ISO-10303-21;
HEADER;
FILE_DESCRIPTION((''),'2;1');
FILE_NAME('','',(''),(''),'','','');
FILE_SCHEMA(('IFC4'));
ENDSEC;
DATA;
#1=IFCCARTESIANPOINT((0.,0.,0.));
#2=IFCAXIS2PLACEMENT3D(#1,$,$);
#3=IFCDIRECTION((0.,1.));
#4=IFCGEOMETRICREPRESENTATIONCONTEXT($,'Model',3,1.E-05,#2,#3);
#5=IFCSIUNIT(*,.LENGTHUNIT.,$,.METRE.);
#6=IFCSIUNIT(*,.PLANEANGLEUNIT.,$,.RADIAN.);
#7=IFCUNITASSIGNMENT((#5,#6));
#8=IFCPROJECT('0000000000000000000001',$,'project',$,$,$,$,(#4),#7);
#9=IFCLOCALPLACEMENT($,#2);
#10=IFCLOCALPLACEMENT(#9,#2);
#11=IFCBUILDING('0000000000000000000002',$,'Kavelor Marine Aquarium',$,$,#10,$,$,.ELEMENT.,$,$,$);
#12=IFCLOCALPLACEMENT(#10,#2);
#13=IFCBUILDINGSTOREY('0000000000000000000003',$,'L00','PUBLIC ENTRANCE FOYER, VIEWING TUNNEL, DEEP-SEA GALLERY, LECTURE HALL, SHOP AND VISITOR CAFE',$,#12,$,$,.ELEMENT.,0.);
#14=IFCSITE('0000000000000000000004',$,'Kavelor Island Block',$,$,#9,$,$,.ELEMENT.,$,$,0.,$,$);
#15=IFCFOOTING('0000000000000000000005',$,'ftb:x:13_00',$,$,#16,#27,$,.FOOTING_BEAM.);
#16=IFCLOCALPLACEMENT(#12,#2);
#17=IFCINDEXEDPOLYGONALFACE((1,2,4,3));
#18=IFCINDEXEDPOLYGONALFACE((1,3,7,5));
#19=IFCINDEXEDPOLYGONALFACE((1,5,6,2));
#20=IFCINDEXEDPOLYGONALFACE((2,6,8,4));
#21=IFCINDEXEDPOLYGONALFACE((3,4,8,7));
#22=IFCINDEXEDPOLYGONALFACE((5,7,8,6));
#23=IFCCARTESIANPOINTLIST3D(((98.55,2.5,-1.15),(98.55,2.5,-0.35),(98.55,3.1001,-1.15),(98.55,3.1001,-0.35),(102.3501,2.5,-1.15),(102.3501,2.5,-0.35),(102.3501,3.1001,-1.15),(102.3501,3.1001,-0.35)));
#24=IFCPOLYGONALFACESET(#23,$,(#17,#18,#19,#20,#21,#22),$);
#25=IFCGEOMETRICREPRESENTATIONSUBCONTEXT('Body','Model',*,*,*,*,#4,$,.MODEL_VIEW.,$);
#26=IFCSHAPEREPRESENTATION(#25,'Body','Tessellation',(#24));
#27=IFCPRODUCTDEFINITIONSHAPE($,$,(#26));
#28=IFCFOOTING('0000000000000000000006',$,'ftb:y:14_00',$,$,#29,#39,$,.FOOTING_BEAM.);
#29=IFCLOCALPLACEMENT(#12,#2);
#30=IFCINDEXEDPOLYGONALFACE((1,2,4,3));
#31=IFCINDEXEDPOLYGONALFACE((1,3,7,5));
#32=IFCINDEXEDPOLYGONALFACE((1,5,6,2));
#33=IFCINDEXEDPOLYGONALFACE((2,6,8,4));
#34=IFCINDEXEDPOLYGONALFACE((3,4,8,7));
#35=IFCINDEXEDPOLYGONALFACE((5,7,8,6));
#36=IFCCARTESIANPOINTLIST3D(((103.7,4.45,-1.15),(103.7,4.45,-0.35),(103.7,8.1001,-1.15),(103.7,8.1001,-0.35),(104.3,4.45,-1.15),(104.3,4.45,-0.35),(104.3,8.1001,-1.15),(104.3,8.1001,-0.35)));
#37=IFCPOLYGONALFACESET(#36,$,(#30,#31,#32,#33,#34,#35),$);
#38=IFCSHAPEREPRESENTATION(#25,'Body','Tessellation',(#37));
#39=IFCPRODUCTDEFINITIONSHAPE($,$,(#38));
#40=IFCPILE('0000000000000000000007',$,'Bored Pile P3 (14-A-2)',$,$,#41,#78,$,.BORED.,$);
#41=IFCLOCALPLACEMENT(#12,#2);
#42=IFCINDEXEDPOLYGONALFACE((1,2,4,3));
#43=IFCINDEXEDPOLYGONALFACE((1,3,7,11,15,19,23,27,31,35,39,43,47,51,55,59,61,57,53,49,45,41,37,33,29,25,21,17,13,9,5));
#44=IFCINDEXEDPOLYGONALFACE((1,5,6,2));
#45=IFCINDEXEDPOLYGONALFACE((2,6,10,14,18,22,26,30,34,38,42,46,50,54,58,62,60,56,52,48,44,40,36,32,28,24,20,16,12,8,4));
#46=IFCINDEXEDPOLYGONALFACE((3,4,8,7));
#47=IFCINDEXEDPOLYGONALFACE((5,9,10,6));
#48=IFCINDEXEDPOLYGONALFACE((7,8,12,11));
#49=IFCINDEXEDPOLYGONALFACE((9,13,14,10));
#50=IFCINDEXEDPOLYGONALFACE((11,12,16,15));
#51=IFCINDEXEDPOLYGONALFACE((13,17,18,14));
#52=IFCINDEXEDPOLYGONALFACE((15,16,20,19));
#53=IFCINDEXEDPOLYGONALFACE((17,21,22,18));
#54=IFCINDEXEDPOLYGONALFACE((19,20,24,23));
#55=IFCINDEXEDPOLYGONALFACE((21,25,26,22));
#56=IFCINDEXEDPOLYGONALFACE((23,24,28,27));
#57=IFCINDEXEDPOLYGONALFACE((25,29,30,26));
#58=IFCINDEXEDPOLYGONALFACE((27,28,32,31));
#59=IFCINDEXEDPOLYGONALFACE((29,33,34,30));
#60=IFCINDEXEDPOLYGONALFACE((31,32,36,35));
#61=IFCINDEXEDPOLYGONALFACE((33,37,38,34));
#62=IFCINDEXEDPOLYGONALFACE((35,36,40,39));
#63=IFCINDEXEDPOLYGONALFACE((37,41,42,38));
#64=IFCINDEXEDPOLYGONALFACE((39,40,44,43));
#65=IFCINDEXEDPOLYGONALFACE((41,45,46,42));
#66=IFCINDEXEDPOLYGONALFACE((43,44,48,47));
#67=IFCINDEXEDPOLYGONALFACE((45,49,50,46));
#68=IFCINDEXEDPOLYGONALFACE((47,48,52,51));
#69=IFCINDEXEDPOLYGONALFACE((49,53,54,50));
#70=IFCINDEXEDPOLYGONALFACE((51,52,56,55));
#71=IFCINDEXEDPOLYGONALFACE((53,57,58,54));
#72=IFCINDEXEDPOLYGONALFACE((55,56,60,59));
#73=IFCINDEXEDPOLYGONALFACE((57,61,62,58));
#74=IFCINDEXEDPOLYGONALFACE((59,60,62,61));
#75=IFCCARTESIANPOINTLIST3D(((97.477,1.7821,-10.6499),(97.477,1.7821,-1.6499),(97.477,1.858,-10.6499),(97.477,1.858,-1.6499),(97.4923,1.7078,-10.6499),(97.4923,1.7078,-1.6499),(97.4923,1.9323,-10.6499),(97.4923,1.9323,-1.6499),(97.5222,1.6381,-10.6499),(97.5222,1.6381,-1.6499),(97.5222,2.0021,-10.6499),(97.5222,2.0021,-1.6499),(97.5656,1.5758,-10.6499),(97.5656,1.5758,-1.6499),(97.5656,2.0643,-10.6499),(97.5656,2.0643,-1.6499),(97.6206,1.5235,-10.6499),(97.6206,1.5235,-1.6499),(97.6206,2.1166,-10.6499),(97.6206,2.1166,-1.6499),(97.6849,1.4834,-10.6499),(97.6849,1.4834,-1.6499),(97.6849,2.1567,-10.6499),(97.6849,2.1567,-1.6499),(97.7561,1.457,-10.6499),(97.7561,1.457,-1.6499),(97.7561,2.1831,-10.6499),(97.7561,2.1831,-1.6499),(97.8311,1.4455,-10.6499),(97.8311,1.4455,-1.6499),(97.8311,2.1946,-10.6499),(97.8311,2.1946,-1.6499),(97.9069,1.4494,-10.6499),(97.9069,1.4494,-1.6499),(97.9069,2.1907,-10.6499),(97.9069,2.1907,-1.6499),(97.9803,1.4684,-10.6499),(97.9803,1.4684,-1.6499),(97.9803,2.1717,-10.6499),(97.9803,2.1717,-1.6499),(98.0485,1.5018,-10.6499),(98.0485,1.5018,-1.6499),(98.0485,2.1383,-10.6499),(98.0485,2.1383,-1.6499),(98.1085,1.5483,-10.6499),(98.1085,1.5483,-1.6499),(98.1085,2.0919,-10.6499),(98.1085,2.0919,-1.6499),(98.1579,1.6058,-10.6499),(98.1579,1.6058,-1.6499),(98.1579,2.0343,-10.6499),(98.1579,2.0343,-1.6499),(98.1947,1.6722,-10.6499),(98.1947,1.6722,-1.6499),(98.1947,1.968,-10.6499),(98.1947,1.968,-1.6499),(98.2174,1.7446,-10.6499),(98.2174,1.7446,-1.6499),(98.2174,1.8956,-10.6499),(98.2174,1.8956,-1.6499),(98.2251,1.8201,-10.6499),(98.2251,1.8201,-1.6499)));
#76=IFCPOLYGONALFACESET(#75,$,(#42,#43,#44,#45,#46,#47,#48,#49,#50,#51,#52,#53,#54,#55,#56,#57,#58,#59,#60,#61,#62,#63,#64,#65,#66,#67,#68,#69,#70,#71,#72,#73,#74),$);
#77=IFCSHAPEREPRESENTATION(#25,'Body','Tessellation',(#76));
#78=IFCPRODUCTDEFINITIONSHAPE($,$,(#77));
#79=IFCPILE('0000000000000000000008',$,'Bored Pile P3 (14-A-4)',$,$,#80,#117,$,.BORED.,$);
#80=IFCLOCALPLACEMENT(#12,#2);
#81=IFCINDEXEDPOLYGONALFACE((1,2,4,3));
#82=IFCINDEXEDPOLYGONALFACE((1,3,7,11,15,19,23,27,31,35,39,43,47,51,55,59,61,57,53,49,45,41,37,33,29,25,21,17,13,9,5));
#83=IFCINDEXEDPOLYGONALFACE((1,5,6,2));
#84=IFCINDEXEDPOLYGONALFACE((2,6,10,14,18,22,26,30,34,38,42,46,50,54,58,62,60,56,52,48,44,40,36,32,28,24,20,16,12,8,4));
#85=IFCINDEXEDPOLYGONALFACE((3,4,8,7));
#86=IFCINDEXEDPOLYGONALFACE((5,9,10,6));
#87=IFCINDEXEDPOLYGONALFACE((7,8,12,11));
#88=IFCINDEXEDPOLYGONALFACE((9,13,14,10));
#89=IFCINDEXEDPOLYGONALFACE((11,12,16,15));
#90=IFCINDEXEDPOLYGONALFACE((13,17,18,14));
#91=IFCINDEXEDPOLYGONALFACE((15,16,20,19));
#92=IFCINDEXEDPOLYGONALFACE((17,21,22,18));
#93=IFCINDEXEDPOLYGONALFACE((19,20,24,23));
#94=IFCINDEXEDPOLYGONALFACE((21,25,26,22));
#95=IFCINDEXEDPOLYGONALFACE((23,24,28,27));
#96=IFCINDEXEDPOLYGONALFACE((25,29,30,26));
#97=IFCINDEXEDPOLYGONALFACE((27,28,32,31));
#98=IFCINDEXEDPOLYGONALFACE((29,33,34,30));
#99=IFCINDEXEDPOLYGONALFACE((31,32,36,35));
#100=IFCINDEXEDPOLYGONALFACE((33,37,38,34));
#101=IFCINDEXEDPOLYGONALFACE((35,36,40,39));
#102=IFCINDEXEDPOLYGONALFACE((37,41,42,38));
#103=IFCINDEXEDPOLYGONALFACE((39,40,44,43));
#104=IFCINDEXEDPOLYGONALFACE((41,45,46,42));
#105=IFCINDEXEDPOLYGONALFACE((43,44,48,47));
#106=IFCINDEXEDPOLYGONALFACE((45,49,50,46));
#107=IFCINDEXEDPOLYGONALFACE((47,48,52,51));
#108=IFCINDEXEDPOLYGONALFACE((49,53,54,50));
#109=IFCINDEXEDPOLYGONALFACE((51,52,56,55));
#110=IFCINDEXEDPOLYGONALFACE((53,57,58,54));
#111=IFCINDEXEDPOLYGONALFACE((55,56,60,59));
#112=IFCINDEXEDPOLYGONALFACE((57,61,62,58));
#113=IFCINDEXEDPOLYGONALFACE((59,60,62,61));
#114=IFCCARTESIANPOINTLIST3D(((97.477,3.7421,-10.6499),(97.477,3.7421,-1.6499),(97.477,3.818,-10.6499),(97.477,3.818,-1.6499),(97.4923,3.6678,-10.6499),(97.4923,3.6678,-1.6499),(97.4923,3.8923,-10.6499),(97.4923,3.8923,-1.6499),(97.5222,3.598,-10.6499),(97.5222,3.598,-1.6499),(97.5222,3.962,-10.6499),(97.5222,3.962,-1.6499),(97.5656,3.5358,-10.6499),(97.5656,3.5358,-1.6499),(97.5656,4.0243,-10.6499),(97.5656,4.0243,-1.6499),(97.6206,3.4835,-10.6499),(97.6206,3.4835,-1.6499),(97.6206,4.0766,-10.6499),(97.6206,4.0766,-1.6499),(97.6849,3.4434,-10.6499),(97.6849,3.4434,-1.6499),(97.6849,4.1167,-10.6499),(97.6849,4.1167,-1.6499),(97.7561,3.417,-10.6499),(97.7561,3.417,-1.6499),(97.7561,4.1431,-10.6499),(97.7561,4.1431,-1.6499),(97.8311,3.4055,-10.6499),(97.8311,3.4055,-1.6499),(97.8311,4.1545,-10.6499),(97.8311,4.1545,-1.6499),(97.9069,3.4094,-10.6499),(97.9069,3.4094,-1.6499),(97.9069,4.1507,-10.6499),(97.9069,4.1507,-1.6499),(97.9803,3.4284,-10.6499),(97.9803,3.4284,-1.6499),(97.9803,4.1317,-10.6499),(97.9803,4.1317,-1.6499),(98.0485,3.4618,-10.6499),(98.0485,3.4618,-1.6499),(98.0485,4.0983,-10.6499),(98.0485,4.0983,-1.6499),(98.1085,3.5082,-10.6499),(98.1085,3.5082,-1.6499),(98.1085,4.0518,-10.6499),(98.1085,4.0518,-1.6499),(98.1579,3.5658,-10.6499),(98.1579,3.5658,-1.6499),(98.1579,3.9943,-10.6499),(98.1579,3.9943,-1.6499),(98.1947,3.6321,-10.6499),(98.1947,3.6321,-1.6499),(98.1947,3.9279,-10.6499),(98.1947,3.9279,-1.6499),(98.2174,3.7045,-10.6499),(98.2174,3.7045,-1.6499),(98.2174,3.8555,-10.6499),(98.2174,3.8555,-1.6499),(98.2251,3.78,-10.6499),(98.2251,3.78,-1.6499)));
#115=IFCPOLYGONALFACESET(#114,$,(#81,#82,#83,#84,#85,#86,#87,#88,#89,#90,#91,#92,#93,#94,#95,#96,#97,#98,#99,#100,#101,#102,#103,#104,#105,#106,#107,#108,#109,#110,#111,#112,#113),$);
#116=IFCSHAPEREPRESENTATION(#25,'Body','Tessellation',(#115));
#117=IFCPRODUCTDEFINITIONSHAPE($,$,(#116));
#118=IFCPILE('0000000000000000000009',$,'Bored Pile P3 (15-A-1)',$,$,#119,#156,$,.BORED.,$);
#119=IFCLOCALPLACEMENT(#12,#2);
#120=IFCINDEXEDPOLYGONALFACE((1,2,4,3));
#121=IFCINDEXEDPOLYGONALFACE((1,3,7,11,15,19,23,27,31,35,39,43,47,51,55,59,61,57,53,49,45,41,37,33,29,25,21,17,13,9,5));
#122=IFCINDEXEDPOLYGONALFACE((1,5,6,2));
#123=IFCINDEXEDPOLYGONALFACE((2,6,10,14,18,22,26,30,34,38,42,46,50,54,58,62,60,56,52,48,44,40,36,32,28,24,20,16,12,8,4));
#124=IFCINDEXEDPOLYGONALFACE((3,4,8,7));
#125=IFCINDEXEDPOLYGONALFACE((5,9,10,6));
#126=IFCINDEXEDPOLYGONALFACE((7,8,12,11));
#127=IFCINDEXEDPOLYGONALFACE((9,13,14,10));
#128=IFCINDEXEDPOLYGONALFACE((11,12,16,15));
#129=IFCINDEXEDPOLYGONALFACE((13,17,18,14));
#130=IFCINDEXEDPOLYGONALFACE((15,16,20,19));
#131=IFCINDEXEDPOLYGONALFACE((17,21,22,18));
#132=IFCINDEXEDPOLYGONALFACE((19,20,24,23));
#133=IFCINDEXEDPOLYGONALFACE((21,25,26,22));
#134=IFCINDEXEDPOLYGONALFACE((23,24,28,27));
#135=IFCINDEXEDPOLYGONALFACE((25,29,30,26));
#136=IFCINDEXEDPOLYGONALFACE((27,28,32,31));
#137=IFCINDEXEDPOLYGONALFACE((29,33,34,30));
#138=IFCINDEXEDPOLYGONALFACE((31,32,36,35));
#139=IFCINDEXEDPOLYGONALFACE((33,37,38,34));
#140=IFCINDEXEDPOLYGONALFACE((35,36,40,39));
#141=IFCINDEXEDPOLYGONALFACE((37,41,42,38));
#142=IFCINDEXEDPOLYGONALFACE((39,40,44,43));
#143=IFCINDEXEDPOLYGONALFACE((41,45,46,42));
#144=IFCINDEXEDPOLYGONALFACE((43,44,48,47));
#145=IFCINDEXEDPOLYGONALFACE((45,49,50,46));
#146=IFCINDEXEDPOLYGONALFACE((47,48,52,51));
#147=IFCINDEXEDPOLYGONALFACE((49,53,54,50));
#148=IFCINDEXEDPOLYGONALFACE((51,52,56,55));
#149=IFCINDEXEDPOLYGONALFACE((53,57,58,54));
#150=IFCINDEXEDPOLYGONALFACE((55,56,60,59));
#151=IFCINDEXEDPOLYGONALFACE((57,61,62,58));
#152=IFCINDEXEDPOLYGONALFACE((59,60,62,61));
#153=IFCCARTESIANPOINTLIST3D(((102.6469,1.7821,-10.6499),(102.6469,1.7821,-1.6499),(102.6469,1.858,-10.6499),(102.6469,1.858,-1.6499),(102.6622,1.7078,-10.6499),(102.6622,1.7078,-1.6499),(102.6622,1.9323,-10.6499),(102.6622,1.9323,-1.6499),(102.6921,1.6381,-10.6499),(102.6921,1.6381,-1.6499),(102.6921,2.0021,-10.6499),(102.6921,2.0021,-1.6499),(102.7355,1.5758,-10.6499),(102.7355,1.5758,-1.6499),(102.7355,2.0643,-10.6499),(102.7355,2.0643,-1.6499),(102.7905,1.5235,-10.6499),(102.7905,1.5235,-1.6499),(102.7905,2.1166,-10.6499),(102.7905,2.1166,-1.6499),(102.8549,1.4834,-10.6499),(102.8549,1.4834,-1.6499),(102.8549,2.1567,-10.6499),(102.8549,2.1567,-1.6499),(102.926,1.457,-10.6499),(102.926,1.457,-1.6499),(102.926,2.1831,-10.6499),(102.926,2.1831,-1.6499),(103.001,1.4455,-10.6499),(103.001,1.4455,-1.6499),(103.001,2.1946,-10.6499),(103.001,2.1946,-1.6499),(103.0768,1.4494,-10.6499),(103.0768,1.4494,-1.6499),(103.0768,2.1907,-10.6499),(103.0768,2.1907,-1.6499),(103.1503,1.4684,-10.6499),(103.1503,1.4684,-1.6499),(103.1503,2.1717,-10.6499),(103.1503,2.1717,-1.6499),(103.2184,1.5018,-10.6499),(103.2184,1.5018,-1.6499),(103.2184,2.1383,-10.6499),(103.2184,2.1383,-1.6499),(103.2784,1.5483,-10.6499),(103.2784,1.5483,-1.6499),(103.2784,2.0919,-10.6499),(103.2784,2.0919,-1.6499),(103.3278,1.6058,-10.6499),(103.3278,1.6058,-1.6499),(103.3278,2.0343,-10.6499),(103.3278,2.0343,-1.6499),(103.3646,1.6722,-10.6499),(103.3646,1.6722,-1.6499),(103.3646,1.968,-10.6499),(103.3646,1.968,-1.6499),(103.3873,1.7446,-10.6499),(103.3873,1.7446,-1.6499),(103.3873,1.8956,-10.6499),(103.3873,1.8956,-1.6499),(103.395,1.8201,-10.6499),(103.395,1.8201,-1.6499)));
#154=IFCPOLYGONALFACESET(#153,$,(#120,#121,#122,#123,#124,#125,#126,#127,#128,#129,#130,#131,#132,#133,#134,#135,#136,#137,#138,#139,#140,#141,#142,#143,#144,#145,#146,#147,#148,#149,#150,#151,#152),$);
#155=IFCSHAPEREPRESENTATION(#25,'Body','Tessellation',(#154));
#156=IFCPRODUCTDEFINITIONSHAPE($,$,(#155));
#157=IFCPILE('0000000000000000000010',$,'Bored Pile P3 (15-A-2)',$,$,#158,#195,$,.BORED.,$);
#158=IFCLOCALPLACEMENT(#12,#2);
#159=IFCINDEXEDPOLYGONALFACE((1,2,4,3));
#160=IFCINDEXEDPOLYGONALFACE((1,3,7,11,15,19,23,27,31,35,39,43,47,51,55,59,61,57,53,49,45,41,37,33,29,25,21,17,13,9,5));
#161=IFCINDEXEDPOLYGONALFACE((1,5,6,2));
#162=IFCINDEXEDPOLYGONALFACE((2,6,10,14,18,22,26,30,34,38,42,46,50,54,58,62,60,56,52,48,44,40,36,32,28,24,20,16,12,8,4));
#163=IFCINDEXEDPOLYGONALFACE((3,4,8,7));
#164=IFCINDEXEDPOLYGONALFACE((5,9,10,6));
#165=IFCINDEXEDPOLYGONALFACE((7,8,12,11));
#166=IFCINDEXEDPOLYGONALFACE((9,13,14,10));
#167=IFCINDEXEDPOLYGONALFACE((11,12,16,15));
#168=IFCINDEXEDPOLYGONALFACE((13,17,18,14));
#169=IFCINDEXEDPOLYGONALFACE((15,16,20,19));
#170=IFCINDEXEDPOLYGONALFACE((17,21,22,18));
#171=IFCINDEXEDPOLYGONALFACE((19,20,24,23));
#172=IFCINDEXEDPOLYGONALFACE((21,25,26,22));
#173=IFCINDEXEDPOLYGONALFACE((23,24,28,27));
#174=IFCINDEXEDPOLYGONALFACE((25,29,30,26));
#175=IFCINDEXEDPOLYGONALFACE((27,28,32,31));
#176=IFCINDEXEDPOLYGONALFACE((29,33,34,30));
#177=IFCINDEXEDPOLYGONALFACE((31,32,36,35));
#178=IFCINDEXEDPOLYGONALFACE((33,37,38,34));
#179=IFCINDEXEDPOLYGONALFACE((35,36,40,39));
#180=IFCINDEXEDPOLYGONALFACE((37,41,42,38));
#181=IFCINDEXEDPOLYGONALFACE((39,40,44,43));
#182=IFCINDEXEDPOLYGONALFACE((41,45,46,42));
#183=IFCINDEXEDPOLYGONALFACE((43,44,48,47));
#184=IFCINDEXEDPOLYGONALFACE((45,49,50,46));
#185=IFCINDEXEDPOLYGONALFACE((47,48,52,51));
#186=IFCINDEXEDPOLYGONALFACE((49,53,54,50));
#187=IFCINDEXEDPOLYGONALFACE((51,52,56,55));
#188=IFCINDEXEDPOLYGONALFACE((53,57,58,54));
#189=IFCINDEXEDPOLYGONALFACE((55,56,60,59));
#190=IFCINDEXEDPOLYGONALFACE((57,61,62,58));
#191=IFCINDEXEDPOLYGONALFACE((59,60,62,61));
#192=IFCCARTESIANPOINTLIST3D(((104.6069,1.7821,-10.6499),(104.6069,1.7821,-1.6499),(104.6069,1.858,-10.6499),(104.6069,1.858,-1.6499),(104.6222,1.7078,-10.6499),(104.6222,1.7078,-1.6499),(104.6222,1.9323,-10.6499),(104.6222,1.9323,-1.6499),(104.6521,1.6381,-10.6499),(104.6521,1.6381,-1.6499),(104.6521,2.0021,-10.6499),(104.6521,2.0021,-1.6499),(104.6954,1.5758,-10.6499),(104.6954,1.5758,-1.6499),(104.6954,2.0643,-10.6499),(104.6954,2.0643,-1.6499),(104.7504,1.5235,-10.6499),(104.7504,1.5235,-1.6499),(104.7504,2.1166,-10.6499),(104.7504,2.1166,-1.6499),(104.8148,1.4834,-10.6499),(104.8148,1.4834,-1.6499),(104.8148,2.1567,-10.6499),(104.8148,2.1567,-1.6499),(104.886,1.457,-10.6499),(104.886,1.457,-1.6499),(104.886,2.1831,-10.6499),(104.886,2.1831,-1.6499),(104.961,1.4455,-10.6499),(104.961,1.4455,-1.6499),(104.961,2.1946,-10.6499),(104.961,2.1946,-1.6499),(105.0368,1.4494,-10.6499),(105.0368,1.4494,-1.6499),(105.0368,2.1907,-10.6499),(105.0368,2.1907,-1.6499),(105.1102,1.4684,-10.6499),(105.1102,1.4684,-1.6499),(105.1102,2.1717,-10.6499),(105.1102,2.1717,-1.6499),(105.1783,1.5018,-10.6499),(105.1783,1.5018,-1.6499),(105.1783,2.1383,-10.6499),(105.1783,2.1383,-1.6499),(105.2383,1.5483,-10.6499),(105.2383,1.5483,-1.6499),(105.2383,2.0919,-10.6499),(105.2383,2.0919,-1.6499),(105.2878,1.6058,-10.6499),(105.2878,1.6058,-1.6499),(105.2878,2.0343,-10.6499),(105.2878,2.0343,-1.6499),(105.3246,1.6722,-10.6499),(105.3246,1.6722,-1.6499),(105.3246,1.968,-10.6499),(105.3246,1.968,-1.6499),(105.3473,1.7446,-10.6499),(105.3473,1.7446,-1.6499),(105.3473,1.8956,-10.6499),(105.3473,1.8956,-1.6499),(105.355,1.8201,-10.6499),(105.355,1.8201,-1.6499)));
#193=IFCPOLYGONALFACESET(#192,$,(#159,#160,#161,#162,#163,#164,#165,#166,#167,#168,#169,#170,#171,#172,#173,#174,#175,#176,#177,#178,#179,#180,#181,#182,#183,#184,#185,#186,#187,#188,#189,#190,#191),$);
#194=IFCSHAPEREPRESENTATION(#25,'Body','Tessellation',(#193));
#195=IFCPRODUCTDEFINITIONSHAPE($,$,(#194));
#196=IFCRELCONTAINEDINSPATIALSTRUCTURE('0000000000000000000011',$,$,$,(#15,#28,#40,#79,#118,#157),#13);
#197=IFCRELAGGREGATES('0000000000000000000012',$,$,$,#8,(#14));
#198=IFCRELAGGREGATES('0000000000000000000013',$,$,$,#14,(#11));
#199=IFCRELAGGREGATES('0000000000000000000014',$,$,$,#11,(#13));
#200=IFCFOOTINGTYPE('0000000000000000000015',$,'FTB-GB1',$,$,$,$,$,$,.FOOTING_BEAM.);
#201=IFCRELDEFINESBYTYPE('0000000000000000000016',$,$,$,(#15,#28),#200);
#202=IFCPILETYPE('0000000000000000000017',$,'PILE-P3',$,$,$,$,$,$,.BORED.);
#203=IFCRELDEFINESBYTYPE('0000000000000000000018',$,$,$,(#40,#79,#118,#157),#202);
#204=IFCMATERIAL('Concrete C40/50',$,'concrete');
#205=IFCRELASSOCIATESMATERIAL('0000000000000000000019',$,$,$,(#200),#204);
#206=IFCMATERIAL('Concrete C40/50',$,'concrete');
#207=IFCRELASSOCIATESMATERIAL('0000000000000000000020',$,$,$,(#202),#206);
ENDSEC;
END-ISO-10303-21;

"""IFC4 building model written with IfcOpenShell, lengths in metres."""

from ifc_helpers import new_model, si_unit, direction, frame, origin, origin_2d, place, context, subcontext, project, spatial, rectangle, circle, extrude, material, material_profile, profile_set, type_object, element, save


model = new_model("IFC4")

# Units and contexts
model_context = context("Model", 3, precision=1e-05, world=origin(), true_north=direction((0.0, 1.0)))
body_context = subcontext(model_context, "Body", "Model", "MODEL_VIEW")
ifc_project = project(units=[si_unit("LENGTHUNIT", "METRE"), si_unit("PLANEANGLEUNIT", "RADIAN")], contexts=[model_context])

# Site, building, storey
site_placement = place(None, origin())
site = spatial("IfcSite", under=ifc_project, at=site_placement, Name="Kavelor Island Block", CompositionType="ELEMENT", RefElevation=0.0)
building_placement = place(site_placement, origin())
building = spatial("IfcBuilding", under=site, at=building_placement, Name="Kavelor Marine Aquarium", CompositionType="ELEMENT")
storey_placement = place(building_placement, origin())
storey = spatial("IfcBuildingStorey", under=building, at=storey_placement, Name="L00", Description="PUBLIC ENTRANCE FOYER, VIEWING TUNNEL, DEEP-SEA GALLERY, LECTURE HALL, SHOP AND VISITOR CAFE", CompositionType="ELEMENT", Elevation=0.0)

# Footings
ifc_material_1 = material(Name="Concrete C40/50", Category="concrete")
ifc_material_profile_1 = material_profile(ifc_material_1, rectangle(XDim=0.6001, YDim=0.8, at=origin_2d()), Name="GB 600x800")
ifc_profile_set_1 = profile_set([ifc_material_profile_1], Name="Concrete C40/50")
footing_type = type_object("IfcFootingType", Name="FTB-GB1", PredefinedType="FOOTING_BEAM", material=ifc_profile_set_1)
footing_1_placement = place(storey_placement, frame((98.55, 2.8, -0.75), z_axis=(1.0, 0.0, 0.0), x_axis=(0.0, 1.0, 0.0)))
element("IfcFooting", 1, at=footing_1_placement, inside=storey, type_object=footing_type, Name="ftb:x:13_00", PredefinedType="FOOTING_BEAM", context=body_context, shape_type="SweptSolid", body=[
    extrude(rectangle(XDim=0.6001, YDim=0.8, at=origin_2d()), origin(), (0.0, 0.0, 1.0), 3.8),
])
footing_2_placement = place(storey_placement, frame((104.0, 4.45, -0.75), z_axis=(0.0, 1.0, 0.0), x_axis=(-1.0, 0.0, 0.0)))
element("IfcFooting", 2, at=footing_2_placement, inside=storey, type_object=footing_type, Name="ftb:y:14_00", PredefinedType="FOOTING_BEAM", context=body_context, shape_type="SweptSolid", body=[
    extrude(rectangle(XDim=0.6001, YDim=0.8, at=origin_2d()), origin(), (0.0, 0.0, 1.0), 3.6501),
])

# Piles
ifc_material_2 = material(Name="Concrete C40/50", Category="concrete")
ifc_material_profile_2 = material_profile(ifc_material_2, circle(Radius=0.375, at=origin_2d()), Name="PILE D750")
ifc_profile_set_2 = profile_set([ifc_material_profile_2], Name="Concrete C40/50")
pile_type = type_object("IfcPileType", Name="PILE-P3", PredefinedType="BORED", material=ifc_profile_set_2)
for number, where, z_axis, x_axis, name in (
    (3, (97.8501, 1.8201, -1.6499), (0.0, 0.0, -1.0), (1.0, 0.0, 0.0), "Bored Pile P3 (14-A-2)"),
    (4, (97.8501, 3.78, -1.6499), (0.0, 0.0, -1.0), (1.0, 0.0, 0.0), "Bored Pile P3 (14-A-4)"),
    (5, (103.02, 1.8201, -1.6499), (0.0, 0.0, -1.0), (1.0, 0.0, 0.0), "Bored Pile P3 (15-A-1)"),
    (6, (104.98, 1.8201, -1.6499), (0.0, 0.0, -1.0), (1.0, 0.0, 0.0), "Bored Pile P3 (15-A-2)"),
):
    element("IfcPile", number, at=place(storey_placement, frame(where, z_axis=z_axis, x_axis=x_axis)), inside=storey, type_object=pile_type, Name=name, PredefinedType="BORED", context=body_context, shape_type="SweptSolid", body=[
        extrude(circle(Radius=0.375, at=origin_2d()), origin(), (0.0, 0.0, 1.0), 9.0),
    ])

save(model, "model.ifc")
